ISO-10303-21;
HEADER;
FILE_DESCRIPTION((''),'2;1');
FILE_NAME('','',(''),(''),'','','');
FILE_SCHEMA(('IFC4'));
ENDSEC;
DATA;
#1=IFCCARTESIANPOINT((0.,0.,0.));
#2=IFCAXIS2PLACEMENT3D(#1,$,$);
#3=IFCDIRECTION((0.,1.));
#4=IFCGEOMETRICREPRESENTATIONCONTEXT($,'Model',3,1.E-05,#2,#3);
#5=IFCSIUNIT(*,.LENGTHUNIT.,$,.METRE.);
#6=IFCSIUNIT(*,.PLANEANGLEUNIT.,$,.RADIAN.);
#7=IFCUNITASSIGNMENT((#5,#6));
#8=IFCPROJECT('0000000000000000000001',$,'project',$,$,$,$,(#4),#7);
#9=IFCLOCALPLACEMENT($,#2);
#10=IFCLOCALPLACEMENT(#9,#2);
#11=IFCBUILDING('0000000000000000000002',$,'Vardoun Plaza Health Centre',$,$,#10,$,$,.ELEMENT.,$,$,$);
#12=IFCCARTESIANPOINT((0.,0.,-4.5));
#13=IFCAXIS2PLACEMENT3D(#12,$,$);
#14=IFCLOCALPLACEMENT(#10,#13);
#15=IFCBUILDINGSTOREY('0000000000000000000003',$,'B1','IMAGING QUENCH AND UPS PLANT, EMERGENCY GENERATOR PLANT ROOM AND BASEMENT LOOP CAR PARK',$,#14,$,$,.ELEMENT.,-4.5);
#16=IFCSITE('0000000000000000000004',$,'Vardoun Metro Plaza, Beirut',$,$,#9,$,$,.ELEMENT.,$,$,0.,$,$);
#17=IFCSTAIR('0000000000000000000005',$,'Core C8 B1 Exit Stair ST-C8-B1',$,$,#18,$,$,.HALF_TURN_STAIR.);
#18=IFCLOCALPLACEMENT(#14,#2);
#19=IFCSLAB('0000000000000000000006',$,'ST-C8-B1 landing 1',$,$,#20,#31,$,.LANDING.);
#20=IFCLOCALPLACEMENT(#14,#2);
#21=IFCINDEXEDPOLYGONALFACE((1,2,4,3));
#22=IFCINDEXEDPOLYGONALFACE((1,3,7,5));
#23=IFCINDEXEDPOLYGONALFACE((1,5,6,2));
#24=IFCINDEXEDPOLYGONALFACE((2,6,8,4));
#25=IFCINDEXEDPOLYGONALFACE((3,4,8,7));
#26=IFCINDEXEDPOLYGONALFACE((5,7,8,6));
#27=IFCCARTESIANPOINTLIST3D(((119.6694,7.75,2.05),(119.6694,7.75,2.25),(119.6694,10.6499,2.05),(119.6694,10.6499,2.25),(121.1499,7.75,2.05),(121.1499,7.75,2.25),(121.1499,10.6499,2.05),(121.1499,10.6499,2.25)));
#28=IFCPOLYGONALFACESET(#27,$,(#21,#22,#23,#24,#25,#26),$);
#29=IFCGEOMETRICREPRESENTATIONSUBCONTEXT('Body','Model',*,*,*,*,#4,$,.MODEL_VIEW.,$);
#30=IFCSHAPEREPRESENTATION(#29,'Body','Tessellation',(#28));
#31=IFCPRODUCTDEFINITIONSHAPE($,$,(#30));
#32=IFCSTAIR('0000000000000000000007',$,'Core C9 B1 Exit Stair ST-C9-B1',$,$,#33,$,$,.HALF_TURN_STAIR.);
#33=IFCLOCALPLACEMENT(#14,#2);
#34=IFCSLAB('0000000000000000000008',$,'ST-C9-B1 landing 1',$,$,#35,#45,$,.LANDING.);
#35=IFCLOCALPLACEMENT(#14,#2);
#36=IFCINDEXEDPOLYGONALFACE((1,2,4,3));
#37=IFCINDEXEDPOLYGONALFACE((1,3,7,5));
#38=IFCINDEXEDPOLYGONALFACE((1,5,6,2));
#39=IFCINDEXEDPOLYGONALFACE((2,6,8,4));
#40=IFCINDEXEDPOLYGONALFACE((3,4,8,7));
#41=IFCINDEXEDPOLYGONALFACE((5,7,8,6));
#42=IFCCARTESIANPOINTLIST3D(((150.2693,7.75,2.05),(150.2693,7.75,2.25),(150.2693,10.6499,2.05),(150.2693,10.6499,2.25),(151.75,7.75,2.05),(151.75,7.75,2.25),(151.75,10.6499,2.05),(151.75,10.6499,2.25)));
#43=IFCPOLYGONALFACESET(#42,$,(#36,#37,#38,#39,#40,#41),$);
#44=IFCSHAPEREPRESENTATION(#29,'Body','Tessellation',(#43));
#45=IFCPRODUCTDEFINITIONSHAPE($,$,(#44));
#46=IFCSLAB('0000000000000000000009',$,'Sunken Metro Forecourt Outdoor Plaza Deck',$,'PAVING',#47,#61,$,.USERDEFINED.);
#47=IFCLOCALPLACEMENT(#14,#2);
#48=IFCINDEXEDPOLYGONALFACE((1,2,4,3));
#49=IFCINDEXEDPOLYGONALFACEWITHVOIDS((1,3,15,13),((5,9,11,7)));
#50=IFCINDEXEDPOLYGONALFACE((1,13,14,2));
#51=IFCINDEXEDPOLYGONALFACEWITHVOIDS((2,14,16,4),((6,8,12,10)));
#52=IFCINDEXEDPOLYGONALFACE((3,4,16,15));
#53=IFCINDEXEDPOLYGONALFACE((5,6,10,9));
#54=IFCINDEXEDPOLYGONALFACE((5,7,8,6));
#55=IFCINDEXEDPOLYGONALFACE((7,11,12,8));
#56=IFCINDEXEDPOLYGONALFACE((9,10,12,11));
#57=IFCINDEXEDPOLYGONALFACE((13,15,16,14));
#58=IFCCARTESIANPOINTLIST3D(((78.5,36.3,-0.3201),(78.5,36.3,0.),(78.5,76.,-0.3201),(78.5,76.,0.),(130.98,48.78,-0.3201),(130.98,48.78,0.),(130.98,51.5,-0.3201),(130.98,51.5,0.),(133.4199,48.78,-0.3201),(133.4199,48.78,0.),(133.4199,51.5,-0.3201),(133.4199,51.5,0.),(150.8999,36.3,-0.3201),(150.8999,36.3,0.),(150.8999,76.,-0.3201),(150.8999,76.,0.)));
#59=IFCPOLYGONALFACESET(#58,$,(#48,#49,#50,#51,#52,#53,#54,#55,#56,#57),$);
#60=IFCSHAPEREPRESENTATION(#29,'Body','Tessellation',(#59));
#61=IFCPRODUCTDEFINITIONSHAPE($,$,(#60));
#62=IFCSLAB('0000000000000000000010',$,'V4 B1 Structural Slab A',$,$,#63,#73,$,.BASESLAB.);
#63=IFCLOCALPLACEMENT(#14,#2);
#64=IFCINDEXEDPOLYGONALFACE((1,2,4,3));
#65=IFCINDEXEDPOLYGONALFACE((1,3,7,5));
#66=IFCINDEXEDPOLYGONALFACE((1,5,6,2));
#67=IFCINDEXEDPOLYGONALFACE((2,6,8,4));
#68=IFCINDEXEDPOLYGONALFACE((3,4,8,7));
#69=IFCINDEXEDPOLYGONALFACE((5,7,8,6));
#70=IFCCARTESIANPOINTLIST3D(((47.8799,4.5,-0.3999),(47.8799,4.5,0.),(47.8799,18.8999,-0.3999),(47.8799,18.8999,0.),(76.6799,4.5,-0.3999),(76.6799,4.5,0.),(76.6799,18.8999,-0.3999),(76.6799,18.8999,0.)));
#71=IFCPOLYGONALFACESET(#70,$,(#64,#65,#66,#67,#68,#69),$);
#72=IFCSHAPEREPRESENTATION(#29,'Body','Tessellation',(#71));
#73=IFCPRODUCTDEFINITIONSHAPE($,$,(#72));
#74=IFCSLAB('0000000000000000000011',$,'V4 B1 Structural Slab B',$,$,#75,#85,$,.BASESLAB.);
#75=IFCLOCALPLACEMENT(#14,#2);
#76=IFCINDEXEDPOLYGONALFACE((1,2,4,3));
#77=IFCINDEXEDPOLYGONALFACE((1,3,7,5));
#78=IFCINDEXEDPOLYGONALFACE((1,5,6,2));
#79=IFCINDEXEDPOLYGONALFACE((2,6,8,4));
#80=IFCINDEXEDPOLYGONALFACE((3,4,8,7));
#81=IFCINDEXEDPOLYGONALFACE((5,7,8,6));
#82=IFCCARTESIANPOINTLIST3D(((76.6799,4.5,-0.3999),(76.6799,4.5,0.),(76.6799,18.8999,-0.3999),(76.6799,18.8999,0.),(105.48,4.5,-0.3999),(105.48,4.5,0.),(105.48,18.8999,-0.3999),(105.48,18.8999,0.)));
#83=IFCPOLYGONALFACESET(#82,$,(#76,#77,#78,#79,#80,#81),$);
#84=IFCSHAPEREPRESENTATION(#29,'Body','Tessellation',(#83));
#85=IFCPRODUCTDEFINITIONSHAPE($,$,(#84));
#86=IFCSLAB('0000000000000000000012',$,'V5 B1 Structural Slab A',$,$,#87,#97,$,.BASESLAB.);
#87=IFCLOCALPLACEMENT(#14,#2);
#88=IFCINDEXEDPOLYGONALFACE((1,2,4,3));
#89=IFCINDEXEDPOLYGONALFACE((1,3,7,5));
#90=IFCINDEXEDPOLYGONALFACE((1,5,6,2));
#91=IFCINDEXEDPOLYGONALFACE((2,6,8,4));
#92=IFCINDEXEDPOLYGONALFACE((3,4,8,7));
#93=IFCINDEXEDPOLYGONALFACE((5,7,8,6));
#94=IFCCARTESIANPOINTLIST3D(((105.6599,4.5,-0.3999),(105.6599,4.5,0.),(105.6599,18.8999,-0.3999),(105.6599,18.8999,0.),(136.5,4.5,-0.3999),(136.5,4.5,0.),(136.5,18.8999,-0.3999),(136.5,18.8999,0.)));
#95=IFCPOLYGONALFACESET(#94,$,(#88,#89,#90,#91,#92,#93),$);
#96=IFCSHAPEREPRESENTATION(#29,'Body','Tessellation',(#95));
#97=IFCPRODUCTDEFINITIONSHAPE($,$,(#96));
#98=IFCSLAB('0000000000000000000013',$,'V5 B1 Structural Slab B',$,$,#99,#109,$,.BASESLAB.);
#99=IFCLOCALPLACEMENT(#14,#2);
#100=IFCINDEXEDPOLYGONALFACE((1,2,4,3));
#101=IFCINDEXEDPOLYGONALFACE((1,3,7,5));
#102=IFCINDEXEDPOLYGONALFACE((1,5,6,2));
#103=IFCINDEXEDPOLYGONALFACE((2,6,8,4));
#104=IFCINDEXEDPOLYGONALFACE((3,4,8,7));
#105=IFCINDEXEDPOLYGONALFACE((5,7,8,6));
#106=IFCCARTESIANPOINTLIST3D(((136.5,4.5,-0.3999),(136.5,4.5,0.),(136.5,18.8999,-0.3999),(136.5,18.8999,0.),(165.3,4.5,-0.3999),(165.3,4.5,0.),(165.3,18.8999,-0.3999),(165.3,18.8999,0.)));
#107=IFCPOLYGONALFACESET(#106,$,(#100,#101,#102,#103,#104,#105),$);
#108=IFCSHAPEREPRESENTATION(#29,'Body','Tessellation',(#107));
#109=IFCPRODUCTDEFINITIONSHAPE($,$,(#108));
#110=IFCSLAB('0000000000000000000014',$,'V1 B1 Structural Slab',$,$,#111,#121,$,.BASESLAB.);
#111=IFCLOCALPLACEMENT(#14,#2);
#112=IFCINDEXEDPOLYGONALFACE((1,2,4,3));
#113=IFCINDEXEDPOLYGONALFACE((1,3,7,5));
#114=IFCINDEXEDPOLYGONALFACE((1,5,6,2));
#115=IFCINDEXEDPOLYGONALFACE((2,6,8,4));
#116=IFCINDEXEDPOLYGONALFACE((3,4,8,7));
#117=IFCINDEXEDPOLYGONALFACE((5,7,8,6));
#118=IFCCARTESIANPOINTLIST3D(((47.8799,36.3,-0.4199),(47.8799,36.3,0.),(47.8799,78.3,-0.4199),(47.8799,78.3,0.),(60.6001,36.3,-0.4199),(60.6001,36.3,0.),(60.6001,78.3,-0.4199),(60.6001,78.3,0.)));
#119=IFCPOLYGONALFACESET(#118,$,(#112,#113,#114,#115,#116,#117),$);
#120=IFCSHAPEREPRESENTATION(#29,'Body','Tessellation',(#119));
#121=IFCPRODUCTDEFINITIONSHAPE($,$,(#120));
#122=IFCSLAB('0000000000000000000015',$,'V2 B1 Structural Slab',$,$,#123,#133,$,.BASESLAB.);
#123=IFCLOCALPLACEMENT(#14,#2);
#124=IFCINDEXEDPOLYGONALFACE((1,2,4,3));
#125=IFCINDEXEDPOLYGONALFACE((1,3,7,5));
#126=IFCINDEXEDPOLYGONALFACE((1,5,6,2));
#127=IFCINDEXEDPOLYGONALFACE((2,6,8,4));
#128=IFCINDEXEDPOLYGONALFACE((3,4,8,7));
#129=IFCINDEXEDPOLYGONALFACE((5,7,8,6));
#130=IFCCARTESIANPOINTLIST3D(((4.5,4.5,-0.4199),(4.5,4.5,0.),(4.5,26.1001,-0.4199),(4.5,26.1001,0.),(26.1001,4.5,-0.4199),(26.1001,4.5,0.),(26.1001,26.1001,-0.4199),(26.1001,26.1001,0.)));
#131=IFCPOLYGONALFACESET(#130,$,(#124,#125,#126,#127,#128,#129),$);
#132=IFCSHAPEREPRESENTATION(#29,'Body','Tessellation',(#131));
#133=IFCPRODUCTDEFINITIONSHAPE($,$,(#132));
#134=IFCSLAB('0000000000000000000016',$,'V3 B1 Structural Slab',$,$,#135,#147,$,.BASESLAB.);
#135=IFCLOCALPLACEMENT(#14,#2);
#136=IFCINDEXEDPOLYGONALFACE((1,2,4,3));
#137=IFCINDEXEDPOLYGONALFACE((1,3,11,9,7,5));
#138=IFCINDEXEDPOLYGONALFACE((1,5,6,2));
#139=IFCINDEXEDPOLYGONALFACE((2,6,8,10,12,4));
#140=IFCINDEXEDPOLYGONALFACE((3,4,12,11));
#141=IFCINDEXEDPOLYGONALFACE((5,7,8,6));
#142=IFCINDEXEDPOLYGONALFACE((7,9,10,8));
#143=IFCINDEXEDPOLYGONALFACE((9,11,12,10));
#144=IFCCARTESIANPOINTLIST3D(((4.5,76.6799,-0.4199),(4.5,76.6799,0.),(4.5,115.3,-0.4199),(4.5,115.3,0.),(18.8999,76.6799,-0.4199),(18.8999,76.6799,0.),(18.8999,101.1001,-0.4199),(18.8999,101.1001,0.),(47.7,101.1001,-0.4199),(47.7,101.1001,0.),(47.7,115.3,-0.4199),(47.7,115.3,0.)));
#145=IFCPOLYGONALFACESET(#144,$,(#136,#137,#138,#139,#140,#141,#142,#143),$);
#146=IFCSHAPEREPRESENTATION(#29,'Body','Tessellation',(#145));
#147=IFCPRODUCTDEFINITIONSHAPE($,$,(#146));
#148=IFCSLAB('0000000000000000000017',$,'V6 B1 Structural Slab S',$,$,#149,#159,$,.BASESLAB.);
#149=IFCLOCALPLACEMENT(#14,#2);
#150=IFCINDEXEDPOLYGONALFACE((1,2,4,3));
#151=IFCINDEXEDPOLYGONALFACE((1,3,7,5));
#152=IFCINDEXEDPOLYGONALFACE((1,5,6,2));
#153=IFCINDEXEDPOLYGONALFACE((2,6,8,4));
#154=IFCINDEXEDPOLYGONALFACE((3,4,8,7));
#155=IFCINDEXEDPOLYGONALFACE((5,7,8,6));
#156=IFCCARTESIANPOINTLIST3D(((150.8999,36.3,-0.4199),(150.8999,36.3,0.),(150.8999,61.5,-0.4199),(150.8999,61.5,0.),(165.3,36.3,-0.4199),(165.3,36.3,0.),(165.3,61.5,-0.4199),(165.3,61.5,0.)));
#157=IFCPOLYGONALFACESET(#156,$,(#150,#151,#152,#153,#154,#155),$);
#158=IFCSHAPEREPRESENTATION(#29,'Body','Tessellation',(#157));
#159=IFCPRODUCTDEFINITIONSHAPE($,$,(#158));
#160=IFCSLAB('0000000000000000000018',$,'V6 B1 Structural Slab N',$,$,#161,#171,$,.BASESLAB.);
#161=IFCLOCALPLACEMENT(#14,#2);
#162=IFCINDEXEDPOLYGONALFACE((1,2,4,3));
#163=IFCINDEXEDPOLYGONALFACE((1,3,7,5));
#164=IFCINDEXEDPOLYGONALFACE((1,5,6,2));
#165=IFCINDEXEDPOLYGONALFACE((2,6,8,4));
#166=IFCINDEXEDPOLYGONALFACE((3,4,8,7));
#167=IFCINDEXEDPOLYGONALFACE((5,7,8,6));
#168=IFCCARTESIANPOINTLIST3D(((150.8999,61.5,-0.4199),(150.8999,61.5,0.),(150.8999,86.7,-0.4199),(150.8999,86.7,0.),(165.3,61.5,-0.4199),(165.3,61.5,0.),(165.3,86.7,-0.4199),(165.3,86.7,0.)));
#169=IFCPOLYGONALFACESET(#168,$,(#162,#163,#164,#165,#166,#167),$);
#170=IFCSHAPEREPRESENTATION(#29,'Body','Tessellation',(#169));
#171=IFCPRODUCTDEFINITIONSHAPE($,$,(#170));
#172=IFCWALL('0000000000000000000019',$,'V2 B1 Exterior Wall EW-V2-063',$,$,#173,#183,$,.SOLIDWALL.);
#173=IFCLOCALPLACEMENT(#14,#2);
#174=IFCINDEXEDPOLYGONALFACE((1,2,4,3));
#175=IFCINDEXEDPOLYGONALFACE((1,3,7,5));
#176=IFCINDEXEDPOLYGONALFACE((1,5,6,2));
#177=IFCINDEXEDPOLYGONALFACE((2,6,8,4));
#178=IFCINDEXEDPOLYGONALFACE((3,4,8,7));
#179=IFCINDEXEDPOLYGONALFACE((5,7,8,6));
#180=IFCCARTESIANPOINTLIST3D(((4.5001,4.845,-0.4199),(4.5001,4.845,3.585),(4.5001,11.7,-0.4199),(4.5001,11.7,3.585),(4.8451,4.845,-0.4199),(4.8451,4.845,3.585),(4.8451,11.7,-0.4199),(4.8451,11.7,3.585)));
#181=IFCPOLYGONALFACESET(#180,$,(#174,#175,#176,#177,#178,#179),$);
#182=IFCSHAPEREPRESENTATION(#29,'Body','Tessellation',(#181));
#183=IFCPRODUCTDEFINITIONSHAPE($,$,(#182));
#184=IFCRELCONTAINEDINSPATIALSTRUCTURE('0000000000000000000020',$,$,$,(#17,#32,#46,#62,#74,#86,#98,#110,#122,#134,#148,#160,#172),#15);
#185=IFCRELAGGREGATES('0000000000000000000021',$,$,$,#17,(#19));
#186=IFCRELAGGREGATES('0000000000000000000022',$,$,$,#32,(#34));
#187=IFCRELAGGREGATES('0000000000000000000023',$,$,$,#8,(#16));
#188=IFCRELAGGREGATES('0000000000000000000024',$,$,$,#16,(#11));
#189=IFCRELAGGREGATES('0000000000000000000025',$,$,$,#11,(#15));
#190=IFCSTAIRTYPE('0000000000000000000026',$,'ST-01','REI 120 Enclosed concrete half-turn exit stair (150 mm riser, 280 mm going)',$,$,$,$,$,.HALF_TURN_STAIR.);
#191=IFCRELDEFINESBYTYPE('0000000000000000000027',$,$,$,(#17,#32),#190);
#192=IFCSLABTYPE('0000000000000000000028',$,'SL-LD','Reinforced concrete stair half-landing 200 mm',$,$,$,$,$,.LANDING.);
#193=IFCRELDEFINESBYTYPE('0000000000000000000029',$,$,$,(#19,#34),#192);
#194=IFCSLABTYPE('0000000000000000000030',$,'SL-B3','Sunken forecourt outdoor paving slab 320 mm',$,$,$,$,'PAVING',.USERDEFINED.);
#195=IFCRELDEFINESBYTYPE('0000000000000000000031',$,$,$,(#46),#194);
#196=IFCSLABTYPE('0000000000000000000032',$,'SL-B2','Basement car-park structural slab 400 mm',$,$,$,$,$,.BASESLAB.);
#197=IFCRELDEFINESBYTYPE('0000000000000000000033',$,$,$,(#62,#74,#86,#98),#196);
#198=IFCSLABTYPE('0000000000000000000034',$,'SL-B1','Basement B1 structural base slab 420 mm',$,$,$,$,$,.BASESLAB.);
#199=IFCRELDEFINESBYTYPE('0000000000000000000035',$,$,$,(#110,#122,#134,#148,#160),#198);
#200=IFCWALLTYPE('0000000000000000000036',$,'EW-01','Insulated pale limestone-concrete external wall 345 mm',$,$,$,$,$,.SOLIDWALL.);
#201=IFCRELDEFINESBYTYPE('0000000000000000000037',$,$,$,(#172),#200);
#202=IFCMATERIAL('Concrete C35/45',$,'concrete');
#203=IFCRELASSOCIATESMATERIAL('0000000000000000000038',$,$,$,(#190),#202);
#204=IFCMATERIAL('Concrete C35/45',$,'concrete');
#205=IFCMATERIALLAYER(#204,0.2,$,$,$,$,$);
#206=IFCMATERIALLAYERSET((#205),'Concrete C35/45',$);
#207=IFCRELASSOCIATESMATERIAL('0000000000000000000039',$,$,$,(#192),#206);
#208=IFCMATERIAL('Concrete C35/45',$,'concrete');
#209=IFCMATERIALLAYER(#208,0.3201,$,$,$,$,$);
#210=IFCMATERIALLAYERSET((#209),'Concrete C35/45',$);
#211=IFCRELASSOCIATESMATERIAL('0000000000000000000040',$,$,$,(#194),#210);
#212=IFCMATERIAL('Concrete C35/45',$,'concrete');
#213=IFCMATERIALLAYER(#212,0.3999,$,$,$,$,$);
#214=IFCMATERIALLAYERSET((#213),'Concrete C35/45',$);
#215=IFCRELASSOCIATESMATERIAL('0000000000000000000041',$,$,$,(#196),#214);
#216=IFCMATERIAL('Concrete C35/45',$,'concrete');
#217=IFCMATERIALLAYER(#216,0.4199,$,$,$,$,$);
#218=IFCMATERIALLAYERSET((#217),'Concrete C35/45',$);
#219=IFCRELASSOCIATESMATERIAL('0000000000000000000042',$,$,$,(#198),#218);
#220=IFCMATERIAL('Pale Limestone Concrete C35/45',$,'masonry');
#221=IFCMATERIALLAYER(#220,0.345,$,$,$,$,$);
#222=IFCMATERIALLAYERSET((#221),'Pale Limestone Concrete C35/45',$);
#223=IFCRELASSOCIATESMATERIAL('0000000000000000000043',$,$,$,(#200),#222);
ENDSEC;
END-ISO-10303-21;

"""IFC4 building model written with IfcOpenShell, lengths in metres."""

from ifc_helpers import new_model, si_unit, direction, frame, frame_2d, origin, place, context, subcontext, project, spatial, polyline, rectangle, outline, extrude, material, layer, layer_set, type_object, element, aggregate, save


model = new_model("IFC4")

# Units and contexts
model_context = context("Model", 3, precision=1e-05, world=origin(), true_north=direction((0.0, 1.0)))
body_context = subcontext(model_context, "Body", "Model", "MODEL_VIEW")
ifc_project = project(units=[si_unit("LENGTHUNIT", "METRE"), si_unit("PLANEANGLEUNIT", "RADIAN")], contexts=[model_context])

# Site, building, storey
site_placement = place(None, origin())
site = spatial("IfcSite", under=ifc_project, at=site_placement, Name="Vardoun Metro Plaza, Beirut", CompositionType="ELEMENT", RefElevation=0.0)
building_placement = place(site_placement, origin())
building = spatial("IfcBuilding", under=site, at=building_placement, Name="Vardoun Plaza Health Centre", CompositionType="ELEMENT")
storey_placement = place(building_placement, frame((0.0, 0.0, -4.5)))
storey = spatial("IfcBuildingStorey", under=building, at=storey_placement, Name="B1", Description="IMAGING QUENCH AND UPS PLANT, EMERGENCY GENERATOR PLANT ROOM AND BASEMENT LOOP CAR PARK", CompositionType="ELEMENT", Elevation=-4.5)

# Stairs, slabs
ifc_material_1 = material(Name="Concrete C35/45", Category="concrete")
stair_type = type_object("IfcStairType", Name="ST-01", Description="REI 120 Enclosed concrete half-turn exit stair (150 mm riser, 280 mm going)", PredefinedType="HALF_TURN_STAIR", material=ifc_material_1)
ifc_material_2 = material(Name="Concrete C35/45", Category="concrete")
ifc_layer_1 = layer(ifc_material_2, 0.2)
ifc_layer_set_1 = layer_set([ifc_layer_1], Name="Concrete C35/45")
slab_type_1 = type_object("IfcSlabType", Name="SL-LD", Description="Reinforced concrete stair half-landing 200 mm", PredefinedType="LANDING", material=ifc_layer_set_1)
stair_1_placement = place(storey_placement, origin())
stair_1 = element("IfcStair", 1, at=stair_1_placement, inside=storey, type_object=stair_type, Name="Core C8 B1 Exit Stair ST-C8-B1", PredefinedType="HALF_TURN_STAIR")
slab_1_placement = place(storey_placement, frame((0.0, 0.0, 2.05)))
slab_1 = element("IfcSlab", 2, at=slab_1_placement, type_object=slab_type_1, Name="ST-C8-B1 landing 1", PredefinedType="LANDING", context=body_context, shape_type="SweptSolid", body=[
    extrude(outline(polyline([(119.6694, 7.75), (121.1499, 7.75), (121.1499, 10.6499), (119.6694, 10.6499), (119.6694, 7.75)])), origin(), (0.0, 0.0, 1.0), 0.2),
])
aggregate(stair_1, [slab_1])
stair_2_placement = place(storey_placement, origin())
stair_2 = element("IfcStair", 3, at=stair_2_placement, inside=storey, type_object=stair_type, Name="Core C9 B1 Exit Stair ST-C9-B1", PredefinedType="HALF_TURN_STAIR")
slab_2_placement = place(storey_placement, frame((0.0, 0.0, 2.05)))
slab_2 = element("IfcSlab", 4, at=slab_2_placement, type_object=slab_type_1, Name="ST-C9-B1 landing 1", PredefinedType="LANDING", context=body_context, shape_type="SweptSolid", body=[
    extrude(outline(polyline([(150.2693, 7.75), (151.75, 7.75), (151.75, 10.6499), (150.2693, 10.6499), (150.2693, 7.75)])), origin(), (0.0, 0.0, 1.0), 0.2),
])
aggregate(stair_2, [slab_2])

# Slabs
ifc_material_3 = material(Name="Concrete C35/45", Category="concrete")
ifc_layer_2 = layer(ifc_material_3, 0.3201)
ifc_layer_set_2 = layer_set([ifc_layer_2], Name="Concrete C35/45")
slab_type_2 = type_object("IfcSlabType", Name="SL-B3", Description="Sunken forecourt outdoor paving slab 320 mm", ElementType="PAVING", PredefinedType="USERDEFINED", material=ifc_layer_set_2)
slab_3_placement = place(storey_placement, frame((0.0, 0.0, -0.3201)))
element("IfcSlab", 5, at=slab_3_placement, inside=storey, type_object=slab_type_2, Name="Sunken Metro Forecourt Outdoor Plaza Deck", ObjectType="PAVING", PredefinedType="USERDEFINED", context=body_context, shape_type="SweptSolid", body=[
    extrude(outline(polyline([(78.5, 36.3), (150.8999, 36.3), (150.8999, 76.0), (78.5, 76.0), (78.5, 36.3)]), holes=[polyline([(130.98, 48.78), (133.4199, 48.78), (133.4199, 51.5), (130.98, 51.5), (130.98, 48.78)])]), origin(), (0.0, 0.0, 1.0), 0.3201),
])
ifc_material_4 = material(Name="Concrete C35/45", Category="concrete")
ifc_layer_3 = layer(ifc_material_4, 0.3999)
ifc_layer_set_3 = layer_set([ifc_layer_3], Name="Concrete C35/45")
slab_type_3 = type_object("IfcSlabType", Name="SL-B2", Description="Basement car-park structural slab 400 mm", PredefinedType="BASESLAB", material=ifc_layer_set_3)
slab_4_placement = place(storey_placement, frame((0.0, 0.0, -0.3999)))
element("IfcSlab", 6, at=slab_4_placement, inside=storey, type_object=slab_type_3, Name="V4 B1 Structural Slab A", PredefinedType="BASESLAB", context=body_context, shape_type="SweptSolid", body=[
    extrude(outline(polyline([(47.8799, 4.5), (76.6799, 4.5), (76.6799, 18.8999), (47.8799, 18.8999), (47.8799, 4.5)])), origin(), (0.0, 0.0, 1.0), 0.3999),
])
slab_5_placement = place(storey_placement, frame((0.0, 0.0, -0.3999)))
element("IfcSlab", 7, at=slab_5_placement, inside=storey, type_object=slab_type_3, Name="V4 B1 Structural Slab B", PredefinedType="BASESLAB", context=body_context, shape_type="SweptSolid", body=[
    extrude(outline(polyline([(76.6799, 4.5), (105.48, 4.5), (105.48, 18.8999), (76.6799, 18.8999), (76.6799, 4.5)])), origin(), (0.0, 0.0, 1.0), 0.3999),
])
slab_6_placement = place(storey_placement, frame((0.0, 0.0, -0.3999)))
element("IfcSlab", 8, at=slab_6_placement, inside=storey, type_object=slab_type_3, Name="V5 B1 Structural Slab A", PredefinedType="BASESLAB", context=body_context, shape_type="SweptSolid", body=[
    extrude(outline(polyline([(105.6599, 4.5), (136.5, 4.5), (136.5, 18.8999), (105.6599, 18.8999), (105.6599, 4.5)])), origin(), (0.0, 0.0, 1.0), 0.3999),
])
slab_7_placement = place(storey_placement, frame((0.0, 0.0, -0.3999)))
element("IfcSlab", 9, at=slab_7_placement, inside=storey, type_object=slab_type_3, Name="V5 B1 Structural Slab B", PredefinedType="BASESLAB", context=body_context, shape_type="SweptSolid", body=[
    extrude(outline(polyline([(136.5, 4.5), (165.3, 4.5), (165.3, 18.8999), (136.5, 18.8999), (136.5, 4.5)])), origin(), (0.0, 0.0, 1.0), 0.3999),
])
ifc_material_5 = material(Name="Concrete C35/45", Category="concrete")
ifc_layer_4 = layer(ifc_material_5, 0.4199)
ifc_layer_set_4 = layer_set([ifc_layer_4], Name="Concrete C35/45")
slab_type_4 = type_object("IfcSlabType", Name="SL-B1", Description="Basement B1 structural base slab 420 mm", PredefinedType="BASESLAB", material=ifc_layer_set_4)
slab_8_placement = place(storey_placement, frame((0.0, 0.0, -0.4199)))
element("IfcSlab", 10, at=slab_8_placement, inside=storey, type_object=slab_type_4, Name="V1 B1 Structural Slab", PredefinedType="BASESLAB", context=body_context, shape_type="SweptSolid", body=[
    extrude(outline(polyline([(47.8799, 36.3), (60.6001, 36.3), (60.6001, 78.3), (47.8799, 78.3), (47.8799, 36.3)])), origin(), (0.0, 0.0, 1.0), 0.4199),
])
slab_9_placement = place(storey_placement, frame((0.0, 0.0, -0.4199)))
element("IfcSlab", 11, at=slab_9_placement, inside=storey, type_object=slab_type_4, Name="V2 B1 Structural Slab", PredefinedType="BASESLAB", context=body_context, shape_type="SweptSolid", body=[
    extrude(outline(polyline([(4.5, 4.5), (26.1001, 4.5), (26.1001, 26.1001), (4.5, 26.1001), (4.5, 4.5)])), origin(), (0.0, 0.0, 1.0), 0.4199),
])
slab_10_placement = place(storey_placement, frame((0.0, 0.0, -0.4199)))
element("IfcSlab", 12, at=slab_10_placement, inside=storey, type_object=slab_type_4, Name="V3 B1 Structural Slab", PredefinedType="BASESLAB", context=body_context, shape_type="SweptSolid", body=[
    extrude(outline(polyline([(4.5, 76.6799), (18.8999, 76.6799), (18.8999, 101.1001), (47.7, 101.1001), (47.7, 115.3), (4.5, 115.3), (4.5, 76.6799)])), origin(), (0.0, 0.0, 1.0), 0.4199),
])
slab_11_placement = place(storey_placement, frame((0.0, 0.0, -0.4199)))
element("IfcSlab", 13, at=slab_11_placement, inside=storey, type_object=slab_type_4, Name="V6 B1 Structural Slab S", PredefinedType="BASESLAB", context=body_context, shape_type="SweptSolid", body=[
    extrude(outline(polyline([(150.8999, 36.3), (165.3, 36.3), (165.3, 61.5), (150.8999, 61.5), (150.8999, 36.3)])), origin(), (0.0, 0.0, 1.0), 0.4199),
])
slab_12_placement = place(storey_placement, frame((0.0, 0.0, -0.4199)))
element("IfcSlab", 14, at=slab_12_placement, inside=storey, type_object=slab_type_4, Name="V6 B1 Structural Slab N", PredefinedType="BASESLAB", context=body_context, shape_type="SweptSolid", body=[
    extrude(outline(polyline([(150.8999, 61.5), (165.3, 61.5), (165.3, 86.7), (150.8999, 86.7), (150.8999, 61.5)])), origin(), (0.0, 0.0, 1.0), 0.4199),
])

# Wall
ifc_material_6 = material(Name="Pale Limestone Concrete C35/45", Category="masonry")
ifc_layer_5 = layer(ifc_material_6, 0.345)
ifc_layer_set_5 = layer_set([ifc_layer_5], Name="Pale Limestone Concrete C35/45")
wall_type = type_object("IfcWallType", Name="EW-01", Description="Insulated pale limestone-concrete external wall 345 mm", PredefinedType="SOLIDWALL", material=ifc_layer_set_5)
wall_placement = place(storey_placement, frame((4.6726, 4.845, -0.4199), z_axis=(0.0, 0.0, 1.0), x_axis=(0.0, 1.0, 0.0)))
element("IfcWall", 15, at=wall_placement, inside=storey, type_object=wall_type, Name="V2 B1 Exterior Wall EW-V2-063", PredefinedType="SOLIDWALL", context=body_context, shape_type="SweptSolid", body=[
    extrude(rectangle(XDim=6.855, YDim=0.345, at=frame_2d((3.4275, 0.0))), origin(), (0.0, 0.0, 1.0), 4.0049),
])

save(model, "model.ifc")
